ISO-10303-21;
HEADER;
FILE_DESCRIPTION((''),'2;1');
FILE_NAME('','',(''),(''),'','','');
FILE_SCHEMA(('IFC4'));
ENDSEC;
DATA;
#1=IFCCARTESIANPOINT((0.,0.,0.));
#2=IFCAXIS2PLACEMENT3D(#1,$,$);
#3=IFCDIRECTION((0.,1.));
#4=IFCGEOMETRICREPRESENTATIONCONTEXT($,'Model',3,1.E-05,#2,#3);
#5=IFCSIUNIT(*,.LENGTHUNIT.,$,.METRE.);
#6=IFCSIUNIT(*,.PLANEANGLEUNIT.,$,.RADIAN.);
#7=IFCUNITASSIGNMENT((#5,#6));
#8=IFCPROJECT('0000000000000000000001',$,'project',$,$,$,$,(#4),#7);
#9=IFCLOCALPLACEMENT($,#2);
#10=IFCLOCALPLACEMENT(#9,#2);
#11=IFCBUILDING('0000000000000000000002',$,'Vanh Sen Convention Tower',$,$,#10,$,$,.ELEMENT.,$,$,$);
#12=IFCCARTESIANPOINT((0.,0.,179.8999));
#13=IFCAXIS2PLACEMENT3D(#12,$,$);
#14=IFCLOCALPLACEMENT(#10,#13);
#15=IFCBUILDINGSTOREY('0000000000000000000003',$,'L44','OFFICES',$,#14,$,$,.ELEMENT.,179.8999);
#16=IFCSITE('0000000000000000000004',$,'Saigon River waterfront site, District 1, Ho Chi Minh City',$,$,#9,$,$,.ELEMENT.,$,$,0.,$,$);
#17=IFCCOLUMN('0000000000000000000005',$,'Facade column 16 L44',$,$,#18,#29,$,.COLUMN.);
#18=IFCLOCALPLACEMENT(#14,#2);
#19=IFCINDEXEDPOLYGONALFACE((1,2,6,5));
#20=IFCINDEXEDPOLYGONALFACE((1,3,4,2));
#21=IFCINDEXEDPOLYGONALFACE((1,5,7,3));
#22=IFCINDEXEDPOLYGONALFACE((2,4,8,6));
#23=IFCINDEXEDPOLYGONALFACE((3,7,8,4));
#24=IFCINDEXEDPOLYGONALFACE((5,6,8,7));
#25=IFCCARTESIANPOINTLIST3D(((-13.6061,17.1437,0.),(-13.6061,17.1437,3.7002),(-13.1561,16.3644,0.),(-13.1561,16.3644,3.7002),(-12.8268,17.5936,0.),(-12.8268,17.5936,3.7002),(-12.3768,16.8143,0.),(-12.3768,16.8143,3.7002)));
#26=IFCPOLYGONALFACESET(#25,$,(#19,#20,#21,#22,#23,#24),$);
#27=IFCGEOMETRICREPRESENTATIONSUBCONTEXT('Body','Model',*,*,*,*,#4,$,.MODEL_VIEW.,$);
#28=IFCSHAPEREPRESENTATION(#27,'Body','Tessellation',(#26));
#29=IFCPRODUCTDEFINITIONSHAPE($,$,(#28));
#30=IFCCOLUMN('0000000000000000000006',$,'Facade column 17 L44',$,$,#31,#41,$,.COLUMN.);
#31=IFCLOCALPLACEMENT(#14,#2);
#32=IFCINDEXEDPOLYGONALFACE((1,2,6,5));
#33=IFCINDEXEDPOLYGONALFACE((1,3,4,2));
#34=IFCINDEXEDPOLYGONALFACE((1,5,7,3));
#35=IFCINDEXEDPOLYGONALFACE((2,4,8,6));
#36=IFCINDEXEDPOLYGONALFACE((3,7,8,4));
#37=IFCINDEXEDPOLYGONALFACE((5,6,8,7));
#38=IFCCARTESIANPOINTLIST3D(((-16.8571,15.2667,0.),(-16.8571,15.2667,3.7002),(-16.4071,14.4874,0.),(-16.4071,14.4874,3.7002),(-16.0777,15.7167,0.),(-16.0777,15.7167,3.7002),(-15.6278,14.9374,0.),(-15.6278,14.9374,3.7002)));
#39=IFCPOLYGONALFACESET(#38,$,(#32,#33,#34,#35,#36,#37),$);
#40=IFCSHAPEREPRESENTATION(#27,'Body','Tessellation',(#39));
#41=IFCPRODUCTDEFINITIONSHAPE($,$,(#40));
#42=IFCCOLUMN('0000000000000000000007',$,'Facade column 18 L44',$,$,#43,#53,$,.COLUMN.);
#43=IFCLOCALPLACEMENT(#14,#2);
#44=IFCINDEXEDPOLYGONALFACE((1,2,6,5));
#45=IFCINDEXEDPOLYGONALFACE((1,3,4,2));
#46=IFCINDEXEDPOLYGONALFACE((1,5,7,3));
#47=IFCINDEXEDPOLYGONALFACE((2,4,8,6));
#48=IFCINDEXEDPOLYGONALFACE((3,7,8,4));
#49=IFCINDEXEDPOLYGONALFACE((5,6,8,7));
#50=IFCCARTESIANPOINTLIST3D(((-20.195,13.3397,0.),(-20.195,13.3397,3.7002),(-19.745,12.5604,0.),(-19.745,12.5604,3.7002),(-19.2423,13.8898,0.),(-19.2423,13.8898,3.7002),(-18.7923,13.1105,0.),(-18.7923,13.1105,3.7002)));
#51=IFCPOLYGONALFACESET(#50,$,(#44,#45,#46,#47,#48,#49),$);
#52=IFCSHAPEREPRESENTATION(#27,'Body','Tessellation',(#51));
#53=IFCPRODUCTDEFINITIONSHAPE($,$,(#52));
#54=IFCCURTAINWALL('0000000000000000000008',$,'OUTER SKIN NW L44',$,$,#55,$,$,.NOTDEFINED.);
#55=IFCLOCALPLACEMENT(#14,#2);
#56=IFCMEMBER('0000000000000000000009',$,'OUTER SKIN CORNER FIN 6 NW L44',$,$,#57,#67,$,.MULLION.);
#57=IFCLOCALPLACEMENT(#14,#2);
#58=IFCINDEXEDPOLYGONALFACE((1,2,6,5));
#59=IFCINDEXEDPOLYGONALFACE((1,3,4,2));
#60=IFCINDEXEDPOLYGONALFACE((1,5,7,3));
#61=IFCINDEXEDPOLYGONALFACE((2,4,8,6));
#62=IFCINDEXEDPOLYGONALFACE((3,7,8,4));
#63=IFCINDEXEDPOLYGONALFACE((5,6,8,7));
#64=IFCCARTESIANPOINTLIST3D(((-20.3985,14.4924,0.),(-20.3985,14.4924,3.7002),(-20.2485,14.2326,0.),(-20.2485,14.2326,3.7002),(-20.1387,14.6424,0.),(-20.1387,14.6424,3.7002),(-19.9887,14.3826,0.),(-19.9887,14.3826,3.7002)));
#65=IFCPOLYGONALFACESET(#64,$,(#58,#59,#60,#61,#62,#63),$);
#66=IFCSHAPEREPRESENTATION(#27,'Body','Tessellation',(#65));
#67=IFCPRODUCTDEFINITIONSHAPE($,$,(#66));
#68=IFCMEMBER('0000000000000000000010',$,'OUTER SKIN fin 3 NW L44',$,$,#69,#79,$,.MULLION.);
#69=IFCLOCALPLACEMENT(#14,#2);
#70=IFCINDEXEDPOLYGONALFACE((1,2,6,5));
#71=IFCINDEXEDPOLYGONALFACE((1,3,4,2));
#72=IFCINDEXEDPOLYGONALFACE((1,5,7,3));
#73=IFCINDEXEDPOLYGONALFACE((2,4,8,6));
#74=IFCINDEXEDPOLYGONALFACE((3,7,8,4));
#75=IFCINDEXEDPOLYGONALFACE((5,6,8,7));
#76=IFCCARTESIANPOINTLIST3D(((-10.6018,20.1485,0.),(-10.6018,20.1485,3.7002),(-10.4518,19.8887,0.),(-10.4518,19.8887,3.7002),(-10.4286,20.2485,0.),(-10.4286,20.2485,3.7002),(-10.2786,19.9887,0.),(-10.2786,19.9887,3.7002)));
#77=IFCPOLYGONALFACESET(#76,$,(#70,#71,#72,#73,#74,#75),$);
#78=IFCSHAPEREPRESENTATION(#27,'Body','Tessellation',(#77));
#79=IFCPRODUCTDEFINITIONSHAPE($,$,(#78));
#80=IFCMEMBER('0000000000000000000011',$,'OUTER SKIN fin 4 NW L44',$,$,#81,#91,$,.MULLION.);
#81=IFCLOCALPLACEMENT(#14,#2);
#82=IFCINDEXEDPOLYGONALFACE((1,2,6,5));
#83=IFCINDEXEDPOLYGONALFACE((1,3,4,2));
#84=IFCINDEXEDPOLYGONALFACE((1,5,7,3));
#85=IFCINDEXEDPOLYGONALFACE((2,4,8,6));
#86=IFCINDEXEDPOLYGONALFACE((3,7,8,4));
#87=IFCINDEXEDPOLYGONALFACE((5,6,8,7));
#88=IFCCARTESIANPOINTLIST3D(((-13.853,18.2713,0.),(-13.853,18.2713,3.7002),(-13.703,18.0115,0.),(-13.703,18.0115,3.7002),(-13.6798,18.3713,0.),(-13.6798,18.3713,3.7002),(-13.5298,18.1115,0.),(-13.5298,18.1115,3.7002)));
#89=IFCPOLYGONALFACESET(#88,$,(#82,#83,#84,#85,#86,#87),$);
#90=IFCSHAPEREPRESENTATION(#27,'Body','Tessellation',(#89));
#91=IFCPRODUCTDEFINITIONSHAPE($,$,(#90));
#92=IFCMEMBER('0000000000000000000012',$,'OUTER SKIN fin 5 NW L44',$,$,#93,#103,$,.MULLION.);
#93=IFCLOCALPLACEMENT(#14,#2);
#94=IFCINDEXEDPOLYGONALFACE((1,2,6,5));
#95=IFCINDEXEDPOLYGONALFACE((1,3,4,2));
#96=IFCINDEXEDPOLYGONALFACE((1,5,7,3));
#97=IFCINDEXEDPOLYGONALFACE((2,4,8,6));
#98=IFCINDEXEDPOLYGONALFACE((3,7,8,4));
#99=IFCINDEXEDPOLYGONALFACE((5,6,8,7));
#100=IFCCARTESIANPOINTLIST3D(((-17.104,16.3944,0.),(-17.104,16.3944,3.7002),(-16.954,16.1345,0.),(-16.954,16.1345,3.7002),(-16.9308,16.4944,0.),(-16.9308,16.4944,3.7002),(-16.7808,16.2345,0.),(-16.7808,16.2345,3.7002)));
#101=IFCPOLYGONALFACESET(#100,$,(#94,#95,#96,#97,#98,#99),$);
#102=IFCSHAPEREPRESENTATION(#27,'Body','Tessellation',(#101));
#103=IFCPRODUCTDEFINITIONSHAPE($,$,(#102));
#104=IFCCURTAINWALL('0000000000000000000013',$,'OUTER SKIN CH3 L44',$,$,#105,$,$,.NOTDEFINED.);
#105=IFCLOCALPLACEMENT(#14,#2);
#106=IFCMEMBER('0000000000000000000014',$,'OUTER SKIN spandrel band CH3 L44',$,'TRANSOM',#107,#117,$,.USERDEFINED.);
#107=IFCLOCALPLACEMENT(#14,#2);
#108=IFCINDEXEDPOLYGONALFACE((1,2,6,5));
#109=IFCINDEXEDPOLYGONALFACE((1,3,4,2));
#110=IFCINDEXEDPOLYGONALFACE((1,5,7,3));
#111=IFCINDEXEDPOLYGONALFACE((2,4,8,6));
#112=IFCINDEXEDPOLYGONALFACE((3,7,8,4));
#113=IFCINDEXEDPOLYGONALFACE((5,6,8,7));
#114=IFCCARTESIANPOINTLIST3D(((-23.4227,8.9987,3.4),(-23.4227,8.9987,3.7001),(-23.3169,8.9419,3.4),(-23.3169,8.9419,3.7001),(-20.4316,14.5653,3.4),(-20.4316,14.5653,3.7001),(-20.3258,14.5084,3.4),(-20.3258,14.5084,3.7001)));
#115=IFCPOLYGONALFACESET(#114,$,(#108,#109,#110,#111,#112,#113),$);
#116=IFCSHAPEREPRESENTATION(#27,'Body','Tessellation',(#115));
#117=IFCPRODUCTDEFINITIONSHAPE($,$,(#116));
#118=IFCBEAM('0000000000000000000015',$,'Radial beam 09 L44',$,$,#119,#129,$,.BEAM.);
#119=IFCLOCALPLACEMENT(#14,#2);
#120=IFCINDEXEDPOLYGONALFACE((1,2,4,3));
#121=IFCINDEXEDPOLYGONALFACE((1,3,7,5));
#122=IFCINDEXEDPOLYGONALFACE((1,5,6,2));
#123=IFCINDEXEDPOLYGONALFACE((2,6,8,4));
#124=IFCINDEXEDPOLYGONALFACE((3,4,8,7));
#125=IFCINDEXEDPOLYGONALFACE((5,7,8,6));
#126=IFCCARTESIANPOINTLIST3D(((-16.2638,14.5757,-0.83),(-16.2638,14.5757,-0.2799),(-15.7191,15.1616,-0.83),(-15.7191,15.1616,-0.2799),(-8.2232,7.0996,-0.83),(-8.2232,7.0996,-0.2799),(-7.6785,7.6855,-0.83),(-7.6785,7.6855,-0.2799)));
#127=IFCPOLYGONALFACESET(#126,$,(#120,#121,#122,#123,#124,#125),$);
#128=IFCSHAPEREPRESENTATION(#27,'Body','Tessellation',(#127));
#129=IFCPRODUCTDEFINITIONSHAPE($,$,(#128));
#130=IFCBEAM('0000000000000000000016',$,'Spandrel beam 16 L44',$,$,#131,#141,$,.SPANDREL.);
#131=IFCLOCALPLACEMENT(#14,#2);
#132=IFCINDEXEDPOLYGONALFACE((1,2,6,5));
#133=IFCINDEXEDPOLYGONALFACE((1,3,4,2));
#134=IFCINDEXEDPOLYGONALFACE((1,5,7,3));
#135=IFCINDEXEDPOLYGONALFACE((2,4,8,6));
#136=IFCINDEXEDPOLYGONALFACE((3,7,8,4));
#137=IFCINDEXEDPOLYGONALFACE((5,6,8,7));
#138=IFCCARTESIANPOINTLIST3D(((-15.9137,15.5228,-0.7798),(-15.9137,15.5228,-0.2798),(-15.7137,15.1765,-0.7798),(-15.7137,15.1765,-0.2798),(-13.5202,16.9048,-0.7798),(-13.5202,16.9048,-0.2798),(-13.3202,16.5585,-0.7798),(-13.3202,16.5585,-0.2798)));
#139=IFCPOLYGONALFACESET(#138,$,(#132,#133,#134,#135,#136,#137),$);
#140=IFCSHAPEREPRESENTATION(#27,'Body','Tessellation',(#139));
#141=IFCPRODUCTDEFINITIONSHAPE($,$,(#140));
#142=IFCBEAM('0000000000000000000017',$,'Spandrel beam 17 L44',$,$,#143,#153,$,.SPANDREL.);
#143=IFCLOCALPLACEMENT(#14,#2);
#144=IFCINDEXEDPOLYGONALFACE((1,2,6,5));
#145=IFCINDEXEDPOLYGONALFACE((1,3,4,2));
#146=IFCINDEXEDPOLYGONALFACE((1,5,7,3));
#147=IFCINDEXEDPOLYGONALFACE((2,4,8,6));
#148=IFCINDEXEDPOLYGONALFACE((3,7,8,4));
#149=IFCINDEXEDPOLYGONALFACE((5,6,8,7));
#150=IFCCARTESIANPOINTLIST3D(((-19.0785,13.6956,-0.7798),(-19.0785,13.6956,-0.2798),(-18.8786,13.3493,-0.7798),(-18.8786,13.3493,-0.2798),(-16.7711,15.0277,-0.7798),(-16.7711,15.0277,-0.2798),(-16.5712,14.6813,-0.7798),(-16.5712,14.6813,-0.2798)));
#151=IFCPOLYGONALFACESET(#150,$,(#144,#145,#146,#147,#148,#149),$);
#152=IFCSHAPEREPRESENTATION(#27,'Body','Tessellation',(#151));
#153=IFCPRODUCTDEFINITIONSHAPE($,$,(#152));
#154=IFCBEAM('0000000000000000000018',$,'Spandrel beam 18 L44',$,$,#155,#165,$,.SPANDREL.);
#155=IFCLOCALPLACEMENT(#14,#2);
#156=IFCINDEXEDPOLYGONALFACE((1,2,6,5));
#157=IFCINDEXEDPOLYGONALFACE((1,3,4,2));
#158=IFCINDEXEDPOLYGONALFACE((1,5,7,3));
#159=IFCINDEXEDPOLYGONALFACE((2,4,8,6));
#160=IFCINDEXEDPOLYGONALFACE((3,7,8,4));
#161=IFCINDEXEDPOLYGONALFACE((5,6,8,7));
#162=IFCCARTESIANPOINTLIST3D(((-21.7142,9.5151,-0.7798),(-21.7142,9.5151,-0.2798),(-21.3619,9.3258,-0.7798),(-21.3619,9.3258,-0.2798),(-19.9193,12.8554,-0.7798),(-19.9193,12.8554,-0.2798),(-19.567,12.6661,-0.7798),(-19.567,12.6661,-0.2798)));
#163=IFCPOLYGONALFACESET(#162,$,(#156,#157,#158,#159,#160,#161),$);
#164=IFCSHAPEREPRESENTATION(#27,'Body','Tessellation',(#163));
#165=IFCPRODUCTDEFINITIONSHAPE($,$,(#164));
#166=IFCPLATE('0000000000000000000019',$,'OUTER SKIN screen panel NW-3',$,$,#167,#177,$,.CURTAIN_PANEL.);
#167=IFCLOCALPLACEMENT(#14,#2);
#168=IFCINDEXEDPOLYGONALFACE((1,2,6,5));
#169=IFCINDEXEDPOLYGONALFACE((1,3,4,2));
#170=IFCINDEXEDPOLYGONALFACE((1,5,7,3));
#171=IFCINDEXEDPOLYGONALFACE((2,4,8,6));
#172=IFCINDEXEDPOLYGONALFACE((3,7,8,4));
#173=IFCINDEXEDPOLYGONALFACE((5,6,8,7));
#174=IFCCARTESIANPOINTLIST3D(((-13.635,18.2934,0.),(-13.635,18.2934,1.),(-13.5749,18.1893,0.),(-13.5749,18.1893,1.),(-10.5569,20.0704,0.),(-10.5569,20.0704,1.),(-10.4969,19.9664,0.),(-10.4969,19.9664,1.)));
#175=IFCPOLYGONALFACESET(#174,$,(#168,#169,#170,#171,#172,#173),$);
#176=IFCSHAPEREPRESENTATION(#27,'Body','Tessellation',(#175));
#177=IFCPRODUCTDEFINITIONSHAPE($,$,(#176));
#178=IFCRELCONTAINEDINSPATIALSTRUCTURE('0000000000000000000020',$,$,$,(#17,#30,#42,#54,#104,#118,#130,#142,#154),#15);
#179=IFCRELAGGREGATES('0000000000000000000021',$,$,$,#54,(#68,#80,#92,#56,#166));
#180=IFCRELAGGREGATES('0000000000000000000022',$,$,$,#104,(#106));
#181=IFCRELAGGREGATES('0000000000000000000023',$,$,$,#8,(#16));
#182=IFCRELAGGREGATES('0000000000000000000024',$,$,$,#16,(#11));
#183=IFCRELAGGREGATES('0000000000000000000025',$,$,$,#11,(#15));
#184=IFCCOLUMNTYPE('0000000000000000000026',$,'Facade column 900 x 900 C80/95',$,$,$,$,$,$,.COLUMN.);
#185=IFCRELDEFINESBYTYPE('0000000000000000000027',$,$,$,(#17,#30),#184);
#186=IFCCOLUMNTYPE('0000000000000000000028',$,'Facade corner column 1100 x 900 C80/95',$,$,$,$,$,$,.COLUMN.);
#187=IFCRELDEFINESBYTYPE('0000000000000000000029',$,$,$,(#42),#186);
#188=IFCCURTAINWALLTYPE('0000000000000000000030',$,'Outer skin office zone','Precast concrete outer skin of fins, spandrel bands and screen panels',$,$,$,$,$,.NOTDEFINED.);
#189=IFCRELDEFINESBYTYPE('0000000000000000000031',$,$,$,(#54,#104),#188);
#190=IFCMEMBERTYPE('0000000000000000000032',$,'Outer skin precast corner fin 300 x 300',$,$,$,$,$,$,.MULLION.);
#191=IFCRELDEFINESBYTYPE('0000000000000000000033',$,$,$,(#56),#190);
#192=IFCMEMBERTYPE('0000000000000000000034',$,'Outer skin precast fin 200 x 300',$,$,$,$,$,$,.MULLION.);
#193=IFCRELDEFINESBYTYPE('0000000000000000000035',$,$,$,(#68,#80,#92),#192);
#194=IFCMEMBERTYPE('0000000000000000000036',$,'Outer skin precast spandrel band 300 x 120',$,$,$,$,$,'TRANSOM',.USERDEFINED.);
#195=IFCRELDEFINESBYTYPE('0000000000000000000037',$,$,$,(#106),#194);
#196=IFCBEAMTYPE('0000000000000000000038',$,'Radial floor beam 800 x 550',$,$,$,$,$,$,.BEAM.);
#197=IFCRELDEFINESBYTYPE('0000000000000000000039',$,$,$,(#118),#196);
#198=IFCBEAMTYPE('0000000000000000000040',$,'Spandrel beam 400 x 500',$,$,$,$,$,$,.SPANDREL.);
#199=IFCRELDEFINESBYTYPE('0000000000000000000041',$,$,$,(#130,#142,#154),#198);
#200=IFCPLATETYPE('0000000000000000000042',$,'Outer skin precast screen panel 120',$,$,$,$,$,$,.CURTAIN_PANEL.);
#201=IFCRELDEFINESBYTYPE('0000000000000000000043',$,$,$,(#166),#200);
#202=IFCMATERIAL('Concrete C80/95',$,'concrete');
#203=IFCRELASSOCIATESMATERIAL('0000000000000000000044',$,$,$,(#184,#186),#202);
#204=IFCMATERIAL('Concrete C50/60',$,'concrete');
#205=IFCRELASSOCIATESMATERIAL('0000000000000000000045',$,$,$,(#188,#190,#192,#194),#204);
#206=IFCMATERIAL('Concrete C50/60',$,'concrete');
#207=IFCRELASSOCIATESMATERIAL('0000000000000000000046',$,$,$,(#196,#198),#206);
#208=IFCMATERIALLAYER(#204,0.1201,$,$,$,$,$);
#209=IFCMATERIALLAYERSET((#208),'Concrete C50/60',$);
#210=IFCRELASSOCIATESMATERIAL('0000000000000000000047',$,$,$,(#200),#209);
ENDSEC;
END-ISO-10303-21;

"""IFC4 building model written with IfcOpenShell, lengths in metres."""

from ifc_helpers import new_model, si_unit, direction, frame, origin, origin_2d, place, context, subcontext, project, spatial, rectangle, extrude, material, layer, layer_set, material_profile, profile_set, type_object, element, aggregate, save


model = new_model("IFC4")

# Units and contexts
model_context = context("Model", 3, precision=1e-05, world=origin(), true_north=direction((0.0, 1.0)))
body_context = subcontext(model_context, "Body", "Model", "MODEL_VIEW")
ifc_project = project(units=[si_unit("LENGTHUNIT", "METRE"), si_unit("PLANEANGLEUNIT", "RADIAN")], contexts=[model_context])

# Site, building, storey
site_placement = place(None, origin())
site = spatial("IfcSite", under=ifc_project, at=site_placement, Name="Saigon River waterfront site, District 1, Ho Chi Minh City", CompositionType="ELEMENT", RefElevation=0.0)
building_placement = place(site_placement, origin())
building = spatial("IfcBuilding", under=site, at=building_placement, Name="Vanh Sen Convention Tower", CompositionType="ELEMENT")
storey_placement = place(building_placement, frame((0.0, 0.0, 179.8999)))
storey = spatial("IfcBuildingStorey", under=building, at=storey_placement, Name="L44", Description="OFFICES", CompositionType="ELEMENT", Elevation=179.8999)

# Columns
ifc_material_1 = material(Name="Concrete C80/95", Category="concrete")
ifc_material_profile_1 = material_profile(ifc_material_1, rectangle(XDim=0.8999, YDim=0.8999, at=origin_2d()), Name="RC 900X900")
ifc_profile_set_1 = profile_set([ifc_material_profile_1], Name="Concrete C80/95")
column_type_1 = type_object("IfcColumnType", Name="Facade column 900 x 900 C80/95", PredefinedType="COLUMN", material=ifc_profile_set_1)
for number, where, z_axis, x_axis, name in (
    (1, (-12.9915, 16.979, 0.0), (0.0, 0.0, 1.0), (-0.866025, -0.5, 0.0), "Facade column 16 L44"),
    (2, (-16.2424, 15.1021, 0.0), (0.0, 0.0, 1.0), (-0.866025, -0.5, 0.0), "Facade column 17 L44"),
):
    element("IfcColumn", number, at=place(storey_placement, frame(where, z_axis=z_axis, x_axis=x_axis)), inside=storey, type_object=column_type_1, Name=name, PredefinedType="COLUMN", context=body_context, shape_type="SweptSolid", body=[
        extrude(rectangle(XDim=0.8999, YDim=0.8999, at=origin_2d()), origin(), (0.0, 0.0, 1.0), 3.7002),
    ])
ifc_material_profile_2 = material_profile(ifc_material_1, rectangle(XDim=1.1001, YDim=0.8999, at=origin_2d()), Name="RC 1100X900")
ifc_profile_set_2 = profile_set([ifc_material_profile_2], Name="Concrete C80/95")
column_type_2 = type_object("IfcColumnType", Name="Facade corner column 1100 x 900 C80/95", PredefinedType="COLUMN", material=ifc_profile_set_2)
column_placement = place(storey_placement, frame((-19.4937, 13.2251, 0.0), z_axis=(0.0, 0.0, 1.0), x_axis=(-0.866025, -0.5, 0.0)))
element("IfcColumn", 3, at=column_placement, inside=storey, type_object=column_type_2, Name="Facade column 18 L44", PredefinedType="COLUMN", context=body_context, shape_type="SweptSolid", body=[
    extrude(rectangle(XDim=1.1001, YDim=0.8999, at=origin_2d()), origin(), (0.0, 0.0, 1.0), 3.7002),
])

# Curtain wall, members
ifc_material_2 = material(Name="Concrete C50/60", Category="concrete")
curtain_wall_type = type_object("IfcCurtainWallType", Name="Outer skin office zone", Description="Precast concrete outer skin of fins, spandrel bands and screen panels", PredefinedType="NOTDEFINED", material=ifc_material_2)
curtain_wall_1_placement = place(storey_placement, origin())
curtain_wall_1 = element("IfcCurtainWall", 4, at=curtain_wall_1_placement, inside=storey, type_object=curtain_wall_type, Name="OUTER SKIN NW L44", PredefinedType="NOTDEFINED")
ifc_material_profile_3 = material_profile(ifc_material_2, rectangle(XDim=0.3, YDim=0.3, at=origin_2d()), Name="Outer skin precast corner fin 300 x 300")
ifc_profile_set_3 = profile_set([ifc_material_profile_3], Name="Concrete C50/60")
member_type_1 = type_object("IfcMemberType", Name="Outer skin precast corner fin 300 x 300", PredefinedType="MULLION", material=ifc_profile_set_3)
member_1_placement = place(storey_placement, frame((-20.1936, 14.4375, 0.0), z_axis=(0.0, 0.0, 1.0), x_axis=(-0.866025, -0.5, 0.0)))
member_1 = element("IfcMember", 5, at=member_1_placement, type_object=member_type_1, Name="OUTER SKIN CORNER FIN 6 NW L44", PredefinedType="MULLION", context=body_context, shape_type="SweptSolid", body=[
    extrude(rectangle(XDim=0.3, YDim=0.3, at=origin_2d()), origin(), (0.0, 0.0, 1.0), 3.7002),
])
ifc_material_profile_4 = material_profile(ifc_material_2, rectangle(XDim=0.2, YDim=0.3, at=origin_2d()), Name="Outer skin precast fin 200 x 300")
ifc_profile_set_4 = profile_set([ifc_material_profile_4], Name="Concrete C50/60")
member_type_2 = type_object("IfcMemberType", Name="Outer skin precast fin 200 x 300", PredefinedType="MULLION", material=ifc_profile_set_4)
member_2_placement = place(storey_placement, frame((-10.4402, 20.0686, 0.0), z_axis=(0.0, 0.0, 1.0), x_axis=(-0.866025, -0.5, 0.0)))
member_2 = element("IfcMember", 6, at=member_2_placement, type_object=member_type_2, Name="OUTER SKIN fin 3 NW L44", PredefinedType="MULLION", context=body_context, shape_type="SweptSolid", body=[
    extrude(rectangle(XDim=0.2, YDim=0.3, at=origin_2d()), origin(), (0.0, 0.0, 1.0), 3.7002),
])
member_3_placement = place(storey_placement, frame((-13.6914, 18.1914, 0.0), z_axis=(0.0, 0.0, 1.0), x_axis=(-0.866025, -0.5, 0.0)))
member_3 = element("IfcMember", 7, at=member_3_placement, type_object=member_type_2, Name="OUTER SKIN fin 4 NW L44", PredefinedType="MULLION", context=body_context, shape_type="SweptSolid", body=[
    extrude(rectangle(XDim=0.2, YDim=0.3, at=origin_2d()), origin(), (0.0, 0.0, 1.0), 3.7002),
])
member_4_placement = place(storey_placement, frame((-16.9424, 16.3145, 0.0), z_axis=(0.0, 0.0, 1.0), x_axis=(-0.866025, -0.5, 0.0)))
member_4 = element("IfcMember", 8, at=member_4_placement, type_object=member_type_2, Name="OUTER SKIN fin 5 NW L44", PredefinedType="MULLION", context=body_context, shape_type="SweptSolid", body=[
    extrude(rectangle(XDim=0.2, YDim=0.3, at=origin_2d()), origin(), (0.0, 0.0, 1.0), 3.7002),
])

# Curtain wall, member
curtain_wall_2_placement = place(storey_placement, origin())
curtain_wall_2 = element("IfcCurtainWall", 9, at=curtain_wall_2_placement, inside=storey, type_object=curtain_wall_type, Name="OUTER SKIN CH3 L44", PredefinedType="NOTDEFINED")
ifc_material_profile_5 = material_profile(ifc_material_2, rectangle(XDim=0.1201, YDim=0.3, at=origin_2d()), Name="Outer skin precast spandrel band 300 x 120")
ifc_profile_set_5 = profile_set([ifc_material_profile_5], Name="Concrete C50/60")
member_type_3 = type_object("IfcMemberType", Name="Outer skin precast spandrel band 300 x 120", ElementType="TRANSOM", PredefinedType="USERDEFINED", material=ifc_profile_set_5)
member_5_placement = place(storey_placement, frame((-20.3787, 14.5369, 3.55), z_axis=(-0.473337, -0.880881, 0.0), x_axis=(0.880881, -0.473337, 0.0)))
member_5 = element("IfcMember", 10, at=member_5_placement, type_object=member_type_3, Name="OUTER SKIN spandrel band CH3 L44", ObjectType="TRANSOM", PredefinedType="USERDEFINED", context=body_context, shape_type="SweptSolid", body=[
    extrude(rectangle(XDim=0.1201, YDim=0.3, at=origin_2d()), origin(), (0.0, 0.0, 1.0), 6.3193),
])

# Beams
ifc_material_3 = material(Name="Concrete C50/60", Category="concrete")
ifc_material_profile_6 = material_profile(ifc_material_3, rectangle(XDim=0.8, YDim=0.55, at=origin_2d()), Name="RC 800X550")
ifc_profile_set_6 = profile_set([ifc_material_profile_6], Name="Concrete C50/60")
beam_type_1 = type_object("IfcBeamType", Name="Radial floor beam 800 x 550", PredefinedType="BEAM", material=ifc_profile_set_6)
beam_1_placement = place(storey_placement, frame((-15.9915, 14.8687, -0.5549), z_axis=(0.732345, -0.680934, 0.0), x_axis=(0.680934, 0.732345, 0.0)))
element("IfcBeam", 11, at=beam_1_placement, inside=storey, type_object=beam_type_1, Name="Radial beam 09 L44", PredefinedType="BEAM", context=body_context, shape_type="SweptSolid", body=[
    extrude(rectangle(XDim=0.8, YDim=0.55, at=origin_2d()), origin(), (0.0, 0.0, 1.0), 10.9792),
])
ifc_material_profile_7 = material_profile(ifc_material_3, rectangle(XDim=0.3999, YDim=0.5, at=origin_2d()), Name="RC 400X500")
ifc_profile_set_7 = profile_set([ifc_material_profile_7], Name="Concrete C50/60")
beam_type_2 = type_object("IfcBeamType", Name="Spandrel beam 400 x 500", PredefinedType="SPANDREL", material=ifc_profile_set_7)
beam_2_placement = place(storey_placement, frame((-13.4202, 16.7317, -0.5298), z_axis=(-0.866, -0.500044, 0.0), x_axis=(0.500044, -0.866, 0.0)))
element("IfcBeam", 12, at=beam_2_placement, inside=storey, type_object=beam_type_2, Name="Spandrel beam 16 L44", PredefinedType="SPANDREL", context=body_context, shape_type="SweptSolid", body=[
    extrude(rectangle(XDim=0.3999, YDim=0.5, at=origin_2d()), origin(), (0.0, 0.0, 1.0), 2.7639),
])
beam_3_placement = place(storey_placement, frame((-16.6711, 14.8545, -0.5298), z_axis=(-0.866047, -0.499963, 0.0), x_axis=(0.499963, -0.866047, 0.0)))
element("IfcBeam", 13, at=beam_3_placement, inside=storey, type_object=beam_type_2, Name="Spandrel beam 17 L44", PredefinedType="SPANDREL", context=body_context, shape_type="SweptSolid", body=[
    extrude(rectangle(XDim=0.3999, YDim=0.5, at=origin_2d()), origin(), (0.0, 0.0, 1.0), 2.6643),
])
beam_4_placement = place(storey_placement, frame((-19.7432, 12.7607, -0.5298), z_axis=(-0.473339, -0.88088, 0.0), x_axis=(0.88088, -0.473339, 0.0)))
element("IfcBeam", 14, at=beam_4_placement, inside=storey, type_object=beam_type_2, Name="Spandrel beam 18 L44", PredefinedType="SPANDREL", context=body_context, shape_type="SweptSolid", body=[
    extrude(rectangle(XDim=0.3999, YDim=0.5, at=origin_2d()), origin(), (0.0, 0.0, 1.0), 3.792),
])

# Plate
ifc_layer_1 = layer(ifc_material_2, 0.1201)
ifc_layer_set_1 = layer_set([ifc_layer_1], Name="Concrete C50/60")
plate_type = type_object("IfcPlateType", Name="Outer skin precast screen panel 120", PredefinedType="CURTAIN_PANEL", material=ifc_layer_set_1)
plate_1_placement = place(storey_placement, frame((-12.0659, 19.1299, 0.0), z_axis=(0.0, 0.0, 1.0), x_axis=(-0.866035, -0.499983, 0.0)))
plate_1 = element("IfcPlate", 15, at=plate_1_placement, type_object=plate_type, Name="OUTER SKIN screen panel NW-3", PredefinedType="CURTAIN_PANEL", context=body_context, shape_type="SweptSolid", body=[
    extrude(rectangle(XDim=3.5542, YDim=0.1201, at=origin_2d()), origin(), (0.0, 0.0, 1.0), 1.0),
])
aggregate(curtain_wall_1, [member_2, member_3, member_4, member_1, plate_1])
aggregate(curtain_wall_2, [member_5])

save(model, "model.ifc")
